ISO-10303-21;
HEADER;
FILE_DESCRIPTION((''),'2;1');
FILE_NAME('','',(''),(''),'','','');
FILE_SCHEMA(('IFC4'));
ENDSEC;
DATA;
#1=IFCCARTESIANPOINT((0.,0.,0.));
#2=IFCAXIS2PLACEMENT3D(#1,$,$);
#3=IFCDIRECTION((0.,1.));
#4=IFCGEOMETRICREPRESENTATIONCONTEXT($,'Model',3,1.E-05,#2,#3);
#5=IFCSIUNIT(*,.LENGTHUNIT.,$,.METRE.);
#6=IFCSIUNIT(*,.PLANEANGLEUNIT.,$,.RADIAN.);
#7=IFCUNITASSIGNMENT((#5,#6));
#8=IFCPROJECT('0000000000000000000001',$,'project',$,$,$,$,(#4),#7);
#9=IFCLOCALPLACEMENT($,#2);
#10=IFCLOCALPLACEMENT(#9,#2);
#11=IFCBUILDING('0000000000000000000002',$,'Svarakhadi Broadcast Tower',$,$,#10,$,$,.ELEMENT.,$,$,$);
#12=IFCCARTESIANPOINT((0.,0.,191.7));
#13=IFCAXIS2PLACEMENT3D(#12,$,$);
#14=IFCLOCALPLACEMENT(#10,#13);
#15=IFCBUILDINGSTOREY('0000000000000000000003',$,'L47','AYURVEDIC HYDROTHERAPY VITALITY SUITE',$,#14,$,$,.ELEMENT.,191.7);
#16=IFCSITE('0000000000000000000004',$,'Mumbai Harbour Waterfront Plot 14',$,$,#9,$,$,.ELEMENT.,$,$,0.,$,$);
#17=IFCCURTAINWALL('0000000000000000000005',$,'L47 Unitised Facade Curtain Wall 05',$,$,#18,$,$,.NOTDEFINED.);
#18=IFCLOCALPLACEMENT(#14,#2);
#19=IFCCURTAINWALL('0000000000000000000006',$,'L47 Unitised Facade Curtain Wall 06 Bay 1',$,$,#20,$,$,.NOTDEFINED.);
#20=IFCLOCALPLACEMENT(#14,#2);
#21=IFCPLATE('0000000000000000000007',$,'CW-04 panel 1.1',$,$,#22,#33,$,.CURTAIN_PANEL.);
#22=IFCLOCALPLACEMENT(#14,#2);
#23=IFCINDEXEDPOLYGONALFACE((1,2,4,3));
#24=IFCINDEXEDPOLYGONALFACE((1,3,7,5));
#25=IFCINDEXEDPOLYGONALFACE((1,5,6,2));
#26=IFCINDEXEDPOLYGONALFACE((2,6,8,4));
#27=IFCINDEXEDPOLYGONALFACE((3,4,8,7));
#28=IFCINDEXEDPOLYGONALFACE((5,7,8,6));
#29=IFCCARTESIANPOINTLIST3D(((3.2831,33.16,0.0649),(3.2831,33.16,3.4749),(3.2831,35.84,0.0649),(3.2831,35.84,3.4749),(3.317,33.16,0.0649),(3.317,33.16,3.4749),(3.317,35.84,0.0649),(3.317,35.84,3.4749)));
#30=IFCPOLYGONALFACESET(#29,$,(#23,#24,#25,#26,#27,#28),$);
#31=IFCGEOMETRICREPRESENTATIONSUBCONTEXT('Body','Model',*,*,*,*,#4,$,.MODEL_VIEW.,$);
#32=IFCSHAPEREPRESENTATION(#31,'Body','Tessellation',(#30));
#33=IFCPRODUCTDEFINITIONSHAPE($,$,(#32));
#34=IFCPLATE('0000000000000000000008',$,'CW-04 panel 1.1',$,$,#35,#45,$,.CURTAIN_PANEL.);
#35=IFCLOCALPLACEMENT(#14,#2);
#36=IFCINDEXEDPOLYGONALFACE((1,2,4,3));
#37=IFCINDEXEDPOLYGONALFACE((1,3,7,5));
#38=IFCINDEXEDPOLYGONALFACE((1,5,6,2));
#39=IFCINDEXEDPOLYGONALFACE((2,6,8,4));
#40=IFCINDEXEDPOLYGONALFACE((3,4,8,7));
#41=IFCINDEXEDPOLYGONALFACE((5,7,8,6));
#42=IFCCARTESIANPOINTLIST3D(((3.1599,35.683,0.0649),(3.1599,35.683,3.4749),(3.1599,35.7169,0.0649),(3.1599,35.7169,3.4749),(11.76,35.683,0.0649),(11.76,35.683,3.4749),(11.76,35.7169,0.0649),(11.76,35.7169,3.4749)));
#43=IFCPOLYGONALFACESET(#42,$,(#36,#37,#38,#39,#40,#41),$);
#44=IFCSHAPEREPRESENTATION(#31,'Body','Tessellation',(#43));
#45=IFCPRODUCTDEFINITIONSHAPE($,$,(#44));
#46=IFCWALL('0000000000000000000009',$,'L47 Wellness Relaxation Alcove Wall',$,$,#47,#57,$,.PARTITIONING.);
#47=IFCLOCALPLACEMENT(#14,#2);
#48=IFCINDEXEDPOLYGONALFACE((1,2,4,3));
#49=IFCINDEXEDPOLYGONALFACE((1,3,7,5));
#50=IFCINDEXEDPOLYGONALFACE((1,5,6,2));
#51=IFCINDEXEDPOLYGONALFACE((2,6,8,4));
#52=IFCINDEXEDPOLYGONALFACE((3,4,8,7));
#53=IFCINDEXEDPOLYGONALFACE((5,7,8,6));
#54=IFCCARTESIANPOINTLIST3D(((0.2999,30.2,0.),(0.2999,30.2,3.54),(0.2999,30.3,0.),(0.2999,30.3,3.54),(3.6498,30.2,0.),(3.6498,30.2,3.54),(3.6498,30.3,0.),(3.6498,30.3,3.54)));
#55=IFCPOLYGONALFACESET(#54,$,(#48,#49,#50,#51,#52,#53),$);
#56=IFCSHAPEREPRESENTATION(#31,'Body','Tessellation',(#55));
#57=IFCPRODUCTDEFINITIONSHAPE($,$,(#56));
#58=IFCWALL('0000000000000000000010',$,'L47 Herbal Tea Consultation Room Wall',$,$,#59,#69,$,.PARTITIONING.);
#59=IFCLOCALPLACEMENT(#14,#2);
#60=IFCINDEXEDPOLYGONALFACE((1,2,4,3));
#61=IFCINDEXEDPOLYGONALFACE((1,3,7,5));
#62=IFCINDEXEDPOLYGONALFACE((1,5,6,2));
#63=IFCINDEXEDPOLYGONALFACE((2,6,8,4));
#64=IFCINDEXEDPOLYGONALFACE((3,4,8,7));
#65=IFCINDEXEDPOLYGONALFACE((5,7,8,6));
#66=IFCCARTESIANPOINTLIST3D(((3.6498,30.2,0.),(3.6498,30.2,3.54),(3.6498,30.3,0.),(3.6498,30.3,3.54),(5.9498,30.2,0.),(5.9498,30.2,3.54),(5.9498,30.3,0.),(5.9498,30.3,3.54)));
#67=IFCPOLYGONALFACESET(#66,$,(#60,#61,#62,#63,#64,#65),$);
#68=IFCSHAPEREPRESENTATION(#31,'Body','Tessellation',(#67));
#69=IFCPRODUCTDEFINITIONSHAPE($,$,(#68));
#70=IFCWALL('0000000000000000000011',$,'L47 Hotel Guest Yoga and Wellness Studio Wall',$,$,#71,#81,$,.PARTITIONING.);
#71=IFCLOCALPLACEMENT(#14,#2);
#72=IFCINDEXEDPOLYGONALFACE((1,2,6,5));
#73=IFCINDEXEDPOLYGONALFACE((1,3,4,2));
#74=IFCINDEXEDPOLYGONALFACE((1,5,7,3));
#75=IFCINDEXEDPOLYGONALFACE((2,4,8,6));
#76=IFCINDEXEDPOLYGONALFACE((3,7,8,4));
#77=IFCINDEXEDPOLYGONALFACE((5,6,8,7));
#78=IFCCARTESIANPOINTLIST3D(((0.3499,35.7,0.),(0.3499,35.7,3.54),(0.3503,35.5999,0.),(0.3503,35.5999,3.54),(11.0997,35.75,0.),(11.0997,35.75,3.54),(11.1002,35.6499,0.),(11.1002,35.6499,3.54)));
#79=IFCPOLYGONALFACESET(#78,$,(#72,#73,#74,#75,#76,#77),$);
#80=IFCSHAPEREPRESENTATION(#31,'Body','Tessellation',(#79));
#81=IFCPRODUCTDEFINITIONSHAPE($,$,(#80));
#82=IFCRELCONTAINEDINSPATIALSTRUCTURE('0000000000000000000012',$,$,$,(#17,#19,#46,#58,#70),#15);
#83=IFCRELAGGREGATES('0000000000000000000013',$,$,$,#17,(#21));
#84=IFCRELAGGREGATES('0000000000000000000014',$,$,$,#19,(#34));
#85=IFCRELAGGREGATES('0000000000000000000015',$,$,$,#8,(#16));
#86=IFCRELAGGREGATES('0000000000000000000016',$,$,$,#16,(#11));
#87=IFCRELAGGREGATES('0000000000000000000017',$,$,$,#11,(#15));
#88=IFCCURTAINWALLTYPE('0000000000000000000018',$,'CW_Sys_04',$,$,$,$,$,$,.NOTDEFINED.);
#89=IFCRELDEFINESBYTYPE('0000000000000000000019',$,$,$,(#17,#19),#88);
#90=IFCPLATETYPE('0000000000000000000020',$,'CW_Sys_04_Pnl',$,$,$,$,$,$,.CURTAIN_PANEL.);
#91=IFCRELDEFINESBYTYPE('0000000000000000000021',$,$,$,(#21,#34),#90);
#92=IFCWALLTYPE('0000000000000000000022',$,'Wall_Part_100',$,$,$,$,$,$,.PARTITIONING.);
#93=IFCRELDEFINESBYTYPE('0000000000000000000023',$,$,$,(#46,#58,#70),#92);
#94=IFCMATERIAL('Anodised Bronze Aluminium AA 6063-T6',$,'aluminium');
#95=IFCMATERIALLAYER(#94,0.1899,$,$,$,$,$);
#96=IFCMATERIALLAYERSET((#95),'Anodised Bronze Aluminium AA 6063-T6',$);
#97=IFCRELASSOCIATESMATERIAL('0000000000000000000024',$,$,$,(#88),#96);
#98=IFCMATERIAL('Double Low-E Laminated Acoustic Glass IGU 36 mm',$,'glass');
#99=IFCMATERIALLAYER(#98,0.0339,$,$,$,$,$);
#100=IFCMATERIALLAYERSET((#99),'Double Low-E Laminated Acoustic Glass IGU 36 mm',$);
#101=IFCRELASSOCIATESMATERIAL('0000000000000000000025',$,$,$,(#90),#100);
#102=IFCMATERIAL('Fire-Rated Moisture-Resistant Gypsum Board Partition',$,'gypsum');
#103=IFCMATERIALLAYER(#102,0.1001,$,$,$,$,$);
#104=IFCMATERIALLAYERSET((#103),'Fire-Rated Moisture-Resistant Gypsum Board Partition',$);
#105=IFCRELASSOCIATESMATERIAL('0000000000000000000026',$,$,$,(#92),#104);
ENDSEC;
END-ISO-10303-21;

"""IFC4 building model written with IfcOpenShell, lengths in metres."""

from ifc_helpers import new_model, si_unit, direction, frame, frame_2d, origin, origin_2d, place, context, subcontext, project, spatial, rectangle, extrude, material, layer, layer_set, type_object, element, aggregate, save


model = new_model("IFC4")

# Units and contexts
model_context = context("Model", 3, precision=1e-05, world=origin(), true_north=direction((0.0, 1.0)))
body_context = subcontext(model_context, "Body", "Model", "MODEL_VIEW")
ifc_project = project(units=[si_unit("LENGTHUNIT", "METRE"), si_unit("PLANEANGLEUNIT", "RADIAN")], contexts=[model_context])

# Site, building, storey
site_placement = place(None, origin())
site = spatial("IfcSite", under=ifc_project, at=site_placement, Name="Mumbai Harbour Waterfront Plot 14", CompositionType="ELEMENT", RefElevation=0.0)
building_placement = place(site_placement, origin())
building = spatial("IfcBuilding", under=site, at=building_placement, Name="Svarakhadi Broadcast Tower", CompositionType="ELEMENT")
storey_placement = place(building_placement, frame((0.0, 0.0, 191.7)))
storey = spatial("IfcBuildingStorey", under=building, at=storey_placement, Name="L47", Description="AYURVEDIC HYDROTHERAPY VITALITY SUITE", CompositionType="ELEMENT", Elevation=191.7)

# Shared definitions
ifc_material_1 = material(Name="Anodised Bronze Aluminium AA 6063-T6", Category="aluminium")
ifc_layer_1 = layer(ifc_material_1, 0.1899)
ifc_layer_set_1 = layer_set([ifc_layer_1], Name="Anodised Bronze Aluminium AA 6063-T6")
curtain_wall_type = type_object("IfcCurtainWallType", Name="CW_Sys_04", PredefinedType="NOTDEFINED", material=ifc_layer_set_1)

# Curtain wall
curtain_wall_1_placement = place(storey_placement, origin())
curtain_wall_1 = element("IfcCurtainWall", 1, at=curtain_wall_1_placement, inside=storey, type_object=curtain_wall_type, Name="L47 Unitised Facade Curtain Wall 05", PredefinedType="NOTDEFINED")

# Curtain wall
curtain_wall_2_placement = place(storey_placement, origin())
curtain_wall_2 = element("IfcCurtainWall", 2, at=curtain_wall_2_placement, inside=storey, type_object=curtain_wall_type, Name="L47 Unitised Facade Curtain Wall 06 Bay 1", PredefinedType="NOTDEFINED")

# Plates
ifc_material_2 = material(Name="Double Low-E Laminated Acoustic Glass IGU 36 mm", Category="glass")
ifc_layer_2 = layer(ifc_material_2, 0.0339)
ifc_layer_set_2 = layer_set([ifc_layer_2], Name="Double Low-E Laminated Acoustic Glass IGU 36 mm")
plate_type = type_object("IfcPlateType", Name="CW_Sys_04_Pnl", PredefinedType="CURTAIN_PANEL", material=ifc_layer_set_2)
plate_1_placement = place(storey_placement, frame((3.3, 34.5, 0.0649), z_axis=(0.0, 0.0, 1.0), x_axis=(0.0, 1.0, 0.0)))
plate_1 = element("IfcPlate", 3, at=plate_1_placement, type_object=plate_type, Name="CW-04 panel 1.1", PredefinedType="CURTAIN_PANEL", context=body_context, shape_type="SweptSolid", body=[
    extrude(rectangle(XDim=2.6799, YDim=0.0339, at=origin_2d()), origin(), (0.0, 0.0, 1.0), 3.4099),
])
aggregate(curtain_wall_1, [plate_1])
plate_2_placement = place(storey_placement, frame((7.46, 35.7, 0.0649), z_axis=(0.0, 0.0, 1.0), x_axis=(1.0, 0.0, 0.0)))
plate_2 = element("IfcPlate", 4, at=plate_2_placement, type_object=plate_type, Name="CW-04 panel 1.1", PredefinedType="CURTAIN_PANEL", context=body_context, shape_type="SweptSolid", body=[
    extrude(rectangle(XDim=8.6001, YDim=0.0339, at=origin_2d()), origin(), (0.0, 0.0, 1.0), 3.4099),
])
aggregate(curtain_wall_2, [plate_2])

# Walls
ifc_material_3 = material(Name="Fire-Rated Moisture-Resistant Gypsum Board Partition", Category="gypsum")
ifc_layer_3 = layer(ifc_material_3, 0.1001)
ifc_layer_set_3 = layer_set([ifc_layer_3], Name="Fire-Rated Moisture-Resistant Gypsum Board Partition")
wall_type = type_object("IfcWallType", Name="Wall_Part_100", PredefinedType="PARTITIONING", material=ifc_layer_set_3)
wall_1_placement = place(storey_placement, frame((0.3, 30.25, 0.0), z_axis=(0.0, 0.0, 1.0), x_axis=(1.0, 0.0, 0.0)))
element("IfcWall", 5, at=wall_1_placement, inside=storey, type_object=wall_type, Name="L47 Wellness Relaxation Alcove Wall", PredefinedType="PARTITIONING", context=body_context, shape_type="SweptSolid", body=[
    extrude(rectangle(XDim=3.3499, YDim=0.1001, at=frame_2d((1.6748, 0.0))), origin(), (0.0, 0.0, 1.0), 3.54),
])
wall_2_placement = place(storey_placement, frame((3.6499, 30.25, 0.0), z_axis=(0.0, 0.0, 1.0), x_axis=(1.0, 0.0, 0.0)))
element("IfcWall", 6, at=wall_2_placement, inside=storey, type_object=wall_type, Name="L47 Herbal Tea Consultation Room Wall", PredefinedType="PARTITIONING", context=body_context, shape_type="SweptSolid", body=[
    extrude(rectangle(XDim=2.3, YDim=0.1001, at=frame_2d((1.1499, 0.0))), origin(), (0.0, 0.0, 1.0), 3.54),
])
wall_3_placement = place(storey_placement, frame((0.3501, 35.6499, 0.0), z_axis=(0.0, 0.0, 1.0), x_axis=(0.999989, 0.004656, 0.0)))
element("IfcWall", 7, at=wall_3_placement, inside=storey, type_object=wall_type, Name="L47 Hotel Guest Yoga and Wellness Studio Wall", PredefinedType="PARTITIONING", context=body_context, shape_type="SweptSolid", body=[
    extrude(rectangle(XDim=10.75, YDim=0.1001, at=frame_2d((5.375, 0.0))), origin(), (0.0, 0.0, 1.0), 3.54),
])

save(model, "model.ifc")
